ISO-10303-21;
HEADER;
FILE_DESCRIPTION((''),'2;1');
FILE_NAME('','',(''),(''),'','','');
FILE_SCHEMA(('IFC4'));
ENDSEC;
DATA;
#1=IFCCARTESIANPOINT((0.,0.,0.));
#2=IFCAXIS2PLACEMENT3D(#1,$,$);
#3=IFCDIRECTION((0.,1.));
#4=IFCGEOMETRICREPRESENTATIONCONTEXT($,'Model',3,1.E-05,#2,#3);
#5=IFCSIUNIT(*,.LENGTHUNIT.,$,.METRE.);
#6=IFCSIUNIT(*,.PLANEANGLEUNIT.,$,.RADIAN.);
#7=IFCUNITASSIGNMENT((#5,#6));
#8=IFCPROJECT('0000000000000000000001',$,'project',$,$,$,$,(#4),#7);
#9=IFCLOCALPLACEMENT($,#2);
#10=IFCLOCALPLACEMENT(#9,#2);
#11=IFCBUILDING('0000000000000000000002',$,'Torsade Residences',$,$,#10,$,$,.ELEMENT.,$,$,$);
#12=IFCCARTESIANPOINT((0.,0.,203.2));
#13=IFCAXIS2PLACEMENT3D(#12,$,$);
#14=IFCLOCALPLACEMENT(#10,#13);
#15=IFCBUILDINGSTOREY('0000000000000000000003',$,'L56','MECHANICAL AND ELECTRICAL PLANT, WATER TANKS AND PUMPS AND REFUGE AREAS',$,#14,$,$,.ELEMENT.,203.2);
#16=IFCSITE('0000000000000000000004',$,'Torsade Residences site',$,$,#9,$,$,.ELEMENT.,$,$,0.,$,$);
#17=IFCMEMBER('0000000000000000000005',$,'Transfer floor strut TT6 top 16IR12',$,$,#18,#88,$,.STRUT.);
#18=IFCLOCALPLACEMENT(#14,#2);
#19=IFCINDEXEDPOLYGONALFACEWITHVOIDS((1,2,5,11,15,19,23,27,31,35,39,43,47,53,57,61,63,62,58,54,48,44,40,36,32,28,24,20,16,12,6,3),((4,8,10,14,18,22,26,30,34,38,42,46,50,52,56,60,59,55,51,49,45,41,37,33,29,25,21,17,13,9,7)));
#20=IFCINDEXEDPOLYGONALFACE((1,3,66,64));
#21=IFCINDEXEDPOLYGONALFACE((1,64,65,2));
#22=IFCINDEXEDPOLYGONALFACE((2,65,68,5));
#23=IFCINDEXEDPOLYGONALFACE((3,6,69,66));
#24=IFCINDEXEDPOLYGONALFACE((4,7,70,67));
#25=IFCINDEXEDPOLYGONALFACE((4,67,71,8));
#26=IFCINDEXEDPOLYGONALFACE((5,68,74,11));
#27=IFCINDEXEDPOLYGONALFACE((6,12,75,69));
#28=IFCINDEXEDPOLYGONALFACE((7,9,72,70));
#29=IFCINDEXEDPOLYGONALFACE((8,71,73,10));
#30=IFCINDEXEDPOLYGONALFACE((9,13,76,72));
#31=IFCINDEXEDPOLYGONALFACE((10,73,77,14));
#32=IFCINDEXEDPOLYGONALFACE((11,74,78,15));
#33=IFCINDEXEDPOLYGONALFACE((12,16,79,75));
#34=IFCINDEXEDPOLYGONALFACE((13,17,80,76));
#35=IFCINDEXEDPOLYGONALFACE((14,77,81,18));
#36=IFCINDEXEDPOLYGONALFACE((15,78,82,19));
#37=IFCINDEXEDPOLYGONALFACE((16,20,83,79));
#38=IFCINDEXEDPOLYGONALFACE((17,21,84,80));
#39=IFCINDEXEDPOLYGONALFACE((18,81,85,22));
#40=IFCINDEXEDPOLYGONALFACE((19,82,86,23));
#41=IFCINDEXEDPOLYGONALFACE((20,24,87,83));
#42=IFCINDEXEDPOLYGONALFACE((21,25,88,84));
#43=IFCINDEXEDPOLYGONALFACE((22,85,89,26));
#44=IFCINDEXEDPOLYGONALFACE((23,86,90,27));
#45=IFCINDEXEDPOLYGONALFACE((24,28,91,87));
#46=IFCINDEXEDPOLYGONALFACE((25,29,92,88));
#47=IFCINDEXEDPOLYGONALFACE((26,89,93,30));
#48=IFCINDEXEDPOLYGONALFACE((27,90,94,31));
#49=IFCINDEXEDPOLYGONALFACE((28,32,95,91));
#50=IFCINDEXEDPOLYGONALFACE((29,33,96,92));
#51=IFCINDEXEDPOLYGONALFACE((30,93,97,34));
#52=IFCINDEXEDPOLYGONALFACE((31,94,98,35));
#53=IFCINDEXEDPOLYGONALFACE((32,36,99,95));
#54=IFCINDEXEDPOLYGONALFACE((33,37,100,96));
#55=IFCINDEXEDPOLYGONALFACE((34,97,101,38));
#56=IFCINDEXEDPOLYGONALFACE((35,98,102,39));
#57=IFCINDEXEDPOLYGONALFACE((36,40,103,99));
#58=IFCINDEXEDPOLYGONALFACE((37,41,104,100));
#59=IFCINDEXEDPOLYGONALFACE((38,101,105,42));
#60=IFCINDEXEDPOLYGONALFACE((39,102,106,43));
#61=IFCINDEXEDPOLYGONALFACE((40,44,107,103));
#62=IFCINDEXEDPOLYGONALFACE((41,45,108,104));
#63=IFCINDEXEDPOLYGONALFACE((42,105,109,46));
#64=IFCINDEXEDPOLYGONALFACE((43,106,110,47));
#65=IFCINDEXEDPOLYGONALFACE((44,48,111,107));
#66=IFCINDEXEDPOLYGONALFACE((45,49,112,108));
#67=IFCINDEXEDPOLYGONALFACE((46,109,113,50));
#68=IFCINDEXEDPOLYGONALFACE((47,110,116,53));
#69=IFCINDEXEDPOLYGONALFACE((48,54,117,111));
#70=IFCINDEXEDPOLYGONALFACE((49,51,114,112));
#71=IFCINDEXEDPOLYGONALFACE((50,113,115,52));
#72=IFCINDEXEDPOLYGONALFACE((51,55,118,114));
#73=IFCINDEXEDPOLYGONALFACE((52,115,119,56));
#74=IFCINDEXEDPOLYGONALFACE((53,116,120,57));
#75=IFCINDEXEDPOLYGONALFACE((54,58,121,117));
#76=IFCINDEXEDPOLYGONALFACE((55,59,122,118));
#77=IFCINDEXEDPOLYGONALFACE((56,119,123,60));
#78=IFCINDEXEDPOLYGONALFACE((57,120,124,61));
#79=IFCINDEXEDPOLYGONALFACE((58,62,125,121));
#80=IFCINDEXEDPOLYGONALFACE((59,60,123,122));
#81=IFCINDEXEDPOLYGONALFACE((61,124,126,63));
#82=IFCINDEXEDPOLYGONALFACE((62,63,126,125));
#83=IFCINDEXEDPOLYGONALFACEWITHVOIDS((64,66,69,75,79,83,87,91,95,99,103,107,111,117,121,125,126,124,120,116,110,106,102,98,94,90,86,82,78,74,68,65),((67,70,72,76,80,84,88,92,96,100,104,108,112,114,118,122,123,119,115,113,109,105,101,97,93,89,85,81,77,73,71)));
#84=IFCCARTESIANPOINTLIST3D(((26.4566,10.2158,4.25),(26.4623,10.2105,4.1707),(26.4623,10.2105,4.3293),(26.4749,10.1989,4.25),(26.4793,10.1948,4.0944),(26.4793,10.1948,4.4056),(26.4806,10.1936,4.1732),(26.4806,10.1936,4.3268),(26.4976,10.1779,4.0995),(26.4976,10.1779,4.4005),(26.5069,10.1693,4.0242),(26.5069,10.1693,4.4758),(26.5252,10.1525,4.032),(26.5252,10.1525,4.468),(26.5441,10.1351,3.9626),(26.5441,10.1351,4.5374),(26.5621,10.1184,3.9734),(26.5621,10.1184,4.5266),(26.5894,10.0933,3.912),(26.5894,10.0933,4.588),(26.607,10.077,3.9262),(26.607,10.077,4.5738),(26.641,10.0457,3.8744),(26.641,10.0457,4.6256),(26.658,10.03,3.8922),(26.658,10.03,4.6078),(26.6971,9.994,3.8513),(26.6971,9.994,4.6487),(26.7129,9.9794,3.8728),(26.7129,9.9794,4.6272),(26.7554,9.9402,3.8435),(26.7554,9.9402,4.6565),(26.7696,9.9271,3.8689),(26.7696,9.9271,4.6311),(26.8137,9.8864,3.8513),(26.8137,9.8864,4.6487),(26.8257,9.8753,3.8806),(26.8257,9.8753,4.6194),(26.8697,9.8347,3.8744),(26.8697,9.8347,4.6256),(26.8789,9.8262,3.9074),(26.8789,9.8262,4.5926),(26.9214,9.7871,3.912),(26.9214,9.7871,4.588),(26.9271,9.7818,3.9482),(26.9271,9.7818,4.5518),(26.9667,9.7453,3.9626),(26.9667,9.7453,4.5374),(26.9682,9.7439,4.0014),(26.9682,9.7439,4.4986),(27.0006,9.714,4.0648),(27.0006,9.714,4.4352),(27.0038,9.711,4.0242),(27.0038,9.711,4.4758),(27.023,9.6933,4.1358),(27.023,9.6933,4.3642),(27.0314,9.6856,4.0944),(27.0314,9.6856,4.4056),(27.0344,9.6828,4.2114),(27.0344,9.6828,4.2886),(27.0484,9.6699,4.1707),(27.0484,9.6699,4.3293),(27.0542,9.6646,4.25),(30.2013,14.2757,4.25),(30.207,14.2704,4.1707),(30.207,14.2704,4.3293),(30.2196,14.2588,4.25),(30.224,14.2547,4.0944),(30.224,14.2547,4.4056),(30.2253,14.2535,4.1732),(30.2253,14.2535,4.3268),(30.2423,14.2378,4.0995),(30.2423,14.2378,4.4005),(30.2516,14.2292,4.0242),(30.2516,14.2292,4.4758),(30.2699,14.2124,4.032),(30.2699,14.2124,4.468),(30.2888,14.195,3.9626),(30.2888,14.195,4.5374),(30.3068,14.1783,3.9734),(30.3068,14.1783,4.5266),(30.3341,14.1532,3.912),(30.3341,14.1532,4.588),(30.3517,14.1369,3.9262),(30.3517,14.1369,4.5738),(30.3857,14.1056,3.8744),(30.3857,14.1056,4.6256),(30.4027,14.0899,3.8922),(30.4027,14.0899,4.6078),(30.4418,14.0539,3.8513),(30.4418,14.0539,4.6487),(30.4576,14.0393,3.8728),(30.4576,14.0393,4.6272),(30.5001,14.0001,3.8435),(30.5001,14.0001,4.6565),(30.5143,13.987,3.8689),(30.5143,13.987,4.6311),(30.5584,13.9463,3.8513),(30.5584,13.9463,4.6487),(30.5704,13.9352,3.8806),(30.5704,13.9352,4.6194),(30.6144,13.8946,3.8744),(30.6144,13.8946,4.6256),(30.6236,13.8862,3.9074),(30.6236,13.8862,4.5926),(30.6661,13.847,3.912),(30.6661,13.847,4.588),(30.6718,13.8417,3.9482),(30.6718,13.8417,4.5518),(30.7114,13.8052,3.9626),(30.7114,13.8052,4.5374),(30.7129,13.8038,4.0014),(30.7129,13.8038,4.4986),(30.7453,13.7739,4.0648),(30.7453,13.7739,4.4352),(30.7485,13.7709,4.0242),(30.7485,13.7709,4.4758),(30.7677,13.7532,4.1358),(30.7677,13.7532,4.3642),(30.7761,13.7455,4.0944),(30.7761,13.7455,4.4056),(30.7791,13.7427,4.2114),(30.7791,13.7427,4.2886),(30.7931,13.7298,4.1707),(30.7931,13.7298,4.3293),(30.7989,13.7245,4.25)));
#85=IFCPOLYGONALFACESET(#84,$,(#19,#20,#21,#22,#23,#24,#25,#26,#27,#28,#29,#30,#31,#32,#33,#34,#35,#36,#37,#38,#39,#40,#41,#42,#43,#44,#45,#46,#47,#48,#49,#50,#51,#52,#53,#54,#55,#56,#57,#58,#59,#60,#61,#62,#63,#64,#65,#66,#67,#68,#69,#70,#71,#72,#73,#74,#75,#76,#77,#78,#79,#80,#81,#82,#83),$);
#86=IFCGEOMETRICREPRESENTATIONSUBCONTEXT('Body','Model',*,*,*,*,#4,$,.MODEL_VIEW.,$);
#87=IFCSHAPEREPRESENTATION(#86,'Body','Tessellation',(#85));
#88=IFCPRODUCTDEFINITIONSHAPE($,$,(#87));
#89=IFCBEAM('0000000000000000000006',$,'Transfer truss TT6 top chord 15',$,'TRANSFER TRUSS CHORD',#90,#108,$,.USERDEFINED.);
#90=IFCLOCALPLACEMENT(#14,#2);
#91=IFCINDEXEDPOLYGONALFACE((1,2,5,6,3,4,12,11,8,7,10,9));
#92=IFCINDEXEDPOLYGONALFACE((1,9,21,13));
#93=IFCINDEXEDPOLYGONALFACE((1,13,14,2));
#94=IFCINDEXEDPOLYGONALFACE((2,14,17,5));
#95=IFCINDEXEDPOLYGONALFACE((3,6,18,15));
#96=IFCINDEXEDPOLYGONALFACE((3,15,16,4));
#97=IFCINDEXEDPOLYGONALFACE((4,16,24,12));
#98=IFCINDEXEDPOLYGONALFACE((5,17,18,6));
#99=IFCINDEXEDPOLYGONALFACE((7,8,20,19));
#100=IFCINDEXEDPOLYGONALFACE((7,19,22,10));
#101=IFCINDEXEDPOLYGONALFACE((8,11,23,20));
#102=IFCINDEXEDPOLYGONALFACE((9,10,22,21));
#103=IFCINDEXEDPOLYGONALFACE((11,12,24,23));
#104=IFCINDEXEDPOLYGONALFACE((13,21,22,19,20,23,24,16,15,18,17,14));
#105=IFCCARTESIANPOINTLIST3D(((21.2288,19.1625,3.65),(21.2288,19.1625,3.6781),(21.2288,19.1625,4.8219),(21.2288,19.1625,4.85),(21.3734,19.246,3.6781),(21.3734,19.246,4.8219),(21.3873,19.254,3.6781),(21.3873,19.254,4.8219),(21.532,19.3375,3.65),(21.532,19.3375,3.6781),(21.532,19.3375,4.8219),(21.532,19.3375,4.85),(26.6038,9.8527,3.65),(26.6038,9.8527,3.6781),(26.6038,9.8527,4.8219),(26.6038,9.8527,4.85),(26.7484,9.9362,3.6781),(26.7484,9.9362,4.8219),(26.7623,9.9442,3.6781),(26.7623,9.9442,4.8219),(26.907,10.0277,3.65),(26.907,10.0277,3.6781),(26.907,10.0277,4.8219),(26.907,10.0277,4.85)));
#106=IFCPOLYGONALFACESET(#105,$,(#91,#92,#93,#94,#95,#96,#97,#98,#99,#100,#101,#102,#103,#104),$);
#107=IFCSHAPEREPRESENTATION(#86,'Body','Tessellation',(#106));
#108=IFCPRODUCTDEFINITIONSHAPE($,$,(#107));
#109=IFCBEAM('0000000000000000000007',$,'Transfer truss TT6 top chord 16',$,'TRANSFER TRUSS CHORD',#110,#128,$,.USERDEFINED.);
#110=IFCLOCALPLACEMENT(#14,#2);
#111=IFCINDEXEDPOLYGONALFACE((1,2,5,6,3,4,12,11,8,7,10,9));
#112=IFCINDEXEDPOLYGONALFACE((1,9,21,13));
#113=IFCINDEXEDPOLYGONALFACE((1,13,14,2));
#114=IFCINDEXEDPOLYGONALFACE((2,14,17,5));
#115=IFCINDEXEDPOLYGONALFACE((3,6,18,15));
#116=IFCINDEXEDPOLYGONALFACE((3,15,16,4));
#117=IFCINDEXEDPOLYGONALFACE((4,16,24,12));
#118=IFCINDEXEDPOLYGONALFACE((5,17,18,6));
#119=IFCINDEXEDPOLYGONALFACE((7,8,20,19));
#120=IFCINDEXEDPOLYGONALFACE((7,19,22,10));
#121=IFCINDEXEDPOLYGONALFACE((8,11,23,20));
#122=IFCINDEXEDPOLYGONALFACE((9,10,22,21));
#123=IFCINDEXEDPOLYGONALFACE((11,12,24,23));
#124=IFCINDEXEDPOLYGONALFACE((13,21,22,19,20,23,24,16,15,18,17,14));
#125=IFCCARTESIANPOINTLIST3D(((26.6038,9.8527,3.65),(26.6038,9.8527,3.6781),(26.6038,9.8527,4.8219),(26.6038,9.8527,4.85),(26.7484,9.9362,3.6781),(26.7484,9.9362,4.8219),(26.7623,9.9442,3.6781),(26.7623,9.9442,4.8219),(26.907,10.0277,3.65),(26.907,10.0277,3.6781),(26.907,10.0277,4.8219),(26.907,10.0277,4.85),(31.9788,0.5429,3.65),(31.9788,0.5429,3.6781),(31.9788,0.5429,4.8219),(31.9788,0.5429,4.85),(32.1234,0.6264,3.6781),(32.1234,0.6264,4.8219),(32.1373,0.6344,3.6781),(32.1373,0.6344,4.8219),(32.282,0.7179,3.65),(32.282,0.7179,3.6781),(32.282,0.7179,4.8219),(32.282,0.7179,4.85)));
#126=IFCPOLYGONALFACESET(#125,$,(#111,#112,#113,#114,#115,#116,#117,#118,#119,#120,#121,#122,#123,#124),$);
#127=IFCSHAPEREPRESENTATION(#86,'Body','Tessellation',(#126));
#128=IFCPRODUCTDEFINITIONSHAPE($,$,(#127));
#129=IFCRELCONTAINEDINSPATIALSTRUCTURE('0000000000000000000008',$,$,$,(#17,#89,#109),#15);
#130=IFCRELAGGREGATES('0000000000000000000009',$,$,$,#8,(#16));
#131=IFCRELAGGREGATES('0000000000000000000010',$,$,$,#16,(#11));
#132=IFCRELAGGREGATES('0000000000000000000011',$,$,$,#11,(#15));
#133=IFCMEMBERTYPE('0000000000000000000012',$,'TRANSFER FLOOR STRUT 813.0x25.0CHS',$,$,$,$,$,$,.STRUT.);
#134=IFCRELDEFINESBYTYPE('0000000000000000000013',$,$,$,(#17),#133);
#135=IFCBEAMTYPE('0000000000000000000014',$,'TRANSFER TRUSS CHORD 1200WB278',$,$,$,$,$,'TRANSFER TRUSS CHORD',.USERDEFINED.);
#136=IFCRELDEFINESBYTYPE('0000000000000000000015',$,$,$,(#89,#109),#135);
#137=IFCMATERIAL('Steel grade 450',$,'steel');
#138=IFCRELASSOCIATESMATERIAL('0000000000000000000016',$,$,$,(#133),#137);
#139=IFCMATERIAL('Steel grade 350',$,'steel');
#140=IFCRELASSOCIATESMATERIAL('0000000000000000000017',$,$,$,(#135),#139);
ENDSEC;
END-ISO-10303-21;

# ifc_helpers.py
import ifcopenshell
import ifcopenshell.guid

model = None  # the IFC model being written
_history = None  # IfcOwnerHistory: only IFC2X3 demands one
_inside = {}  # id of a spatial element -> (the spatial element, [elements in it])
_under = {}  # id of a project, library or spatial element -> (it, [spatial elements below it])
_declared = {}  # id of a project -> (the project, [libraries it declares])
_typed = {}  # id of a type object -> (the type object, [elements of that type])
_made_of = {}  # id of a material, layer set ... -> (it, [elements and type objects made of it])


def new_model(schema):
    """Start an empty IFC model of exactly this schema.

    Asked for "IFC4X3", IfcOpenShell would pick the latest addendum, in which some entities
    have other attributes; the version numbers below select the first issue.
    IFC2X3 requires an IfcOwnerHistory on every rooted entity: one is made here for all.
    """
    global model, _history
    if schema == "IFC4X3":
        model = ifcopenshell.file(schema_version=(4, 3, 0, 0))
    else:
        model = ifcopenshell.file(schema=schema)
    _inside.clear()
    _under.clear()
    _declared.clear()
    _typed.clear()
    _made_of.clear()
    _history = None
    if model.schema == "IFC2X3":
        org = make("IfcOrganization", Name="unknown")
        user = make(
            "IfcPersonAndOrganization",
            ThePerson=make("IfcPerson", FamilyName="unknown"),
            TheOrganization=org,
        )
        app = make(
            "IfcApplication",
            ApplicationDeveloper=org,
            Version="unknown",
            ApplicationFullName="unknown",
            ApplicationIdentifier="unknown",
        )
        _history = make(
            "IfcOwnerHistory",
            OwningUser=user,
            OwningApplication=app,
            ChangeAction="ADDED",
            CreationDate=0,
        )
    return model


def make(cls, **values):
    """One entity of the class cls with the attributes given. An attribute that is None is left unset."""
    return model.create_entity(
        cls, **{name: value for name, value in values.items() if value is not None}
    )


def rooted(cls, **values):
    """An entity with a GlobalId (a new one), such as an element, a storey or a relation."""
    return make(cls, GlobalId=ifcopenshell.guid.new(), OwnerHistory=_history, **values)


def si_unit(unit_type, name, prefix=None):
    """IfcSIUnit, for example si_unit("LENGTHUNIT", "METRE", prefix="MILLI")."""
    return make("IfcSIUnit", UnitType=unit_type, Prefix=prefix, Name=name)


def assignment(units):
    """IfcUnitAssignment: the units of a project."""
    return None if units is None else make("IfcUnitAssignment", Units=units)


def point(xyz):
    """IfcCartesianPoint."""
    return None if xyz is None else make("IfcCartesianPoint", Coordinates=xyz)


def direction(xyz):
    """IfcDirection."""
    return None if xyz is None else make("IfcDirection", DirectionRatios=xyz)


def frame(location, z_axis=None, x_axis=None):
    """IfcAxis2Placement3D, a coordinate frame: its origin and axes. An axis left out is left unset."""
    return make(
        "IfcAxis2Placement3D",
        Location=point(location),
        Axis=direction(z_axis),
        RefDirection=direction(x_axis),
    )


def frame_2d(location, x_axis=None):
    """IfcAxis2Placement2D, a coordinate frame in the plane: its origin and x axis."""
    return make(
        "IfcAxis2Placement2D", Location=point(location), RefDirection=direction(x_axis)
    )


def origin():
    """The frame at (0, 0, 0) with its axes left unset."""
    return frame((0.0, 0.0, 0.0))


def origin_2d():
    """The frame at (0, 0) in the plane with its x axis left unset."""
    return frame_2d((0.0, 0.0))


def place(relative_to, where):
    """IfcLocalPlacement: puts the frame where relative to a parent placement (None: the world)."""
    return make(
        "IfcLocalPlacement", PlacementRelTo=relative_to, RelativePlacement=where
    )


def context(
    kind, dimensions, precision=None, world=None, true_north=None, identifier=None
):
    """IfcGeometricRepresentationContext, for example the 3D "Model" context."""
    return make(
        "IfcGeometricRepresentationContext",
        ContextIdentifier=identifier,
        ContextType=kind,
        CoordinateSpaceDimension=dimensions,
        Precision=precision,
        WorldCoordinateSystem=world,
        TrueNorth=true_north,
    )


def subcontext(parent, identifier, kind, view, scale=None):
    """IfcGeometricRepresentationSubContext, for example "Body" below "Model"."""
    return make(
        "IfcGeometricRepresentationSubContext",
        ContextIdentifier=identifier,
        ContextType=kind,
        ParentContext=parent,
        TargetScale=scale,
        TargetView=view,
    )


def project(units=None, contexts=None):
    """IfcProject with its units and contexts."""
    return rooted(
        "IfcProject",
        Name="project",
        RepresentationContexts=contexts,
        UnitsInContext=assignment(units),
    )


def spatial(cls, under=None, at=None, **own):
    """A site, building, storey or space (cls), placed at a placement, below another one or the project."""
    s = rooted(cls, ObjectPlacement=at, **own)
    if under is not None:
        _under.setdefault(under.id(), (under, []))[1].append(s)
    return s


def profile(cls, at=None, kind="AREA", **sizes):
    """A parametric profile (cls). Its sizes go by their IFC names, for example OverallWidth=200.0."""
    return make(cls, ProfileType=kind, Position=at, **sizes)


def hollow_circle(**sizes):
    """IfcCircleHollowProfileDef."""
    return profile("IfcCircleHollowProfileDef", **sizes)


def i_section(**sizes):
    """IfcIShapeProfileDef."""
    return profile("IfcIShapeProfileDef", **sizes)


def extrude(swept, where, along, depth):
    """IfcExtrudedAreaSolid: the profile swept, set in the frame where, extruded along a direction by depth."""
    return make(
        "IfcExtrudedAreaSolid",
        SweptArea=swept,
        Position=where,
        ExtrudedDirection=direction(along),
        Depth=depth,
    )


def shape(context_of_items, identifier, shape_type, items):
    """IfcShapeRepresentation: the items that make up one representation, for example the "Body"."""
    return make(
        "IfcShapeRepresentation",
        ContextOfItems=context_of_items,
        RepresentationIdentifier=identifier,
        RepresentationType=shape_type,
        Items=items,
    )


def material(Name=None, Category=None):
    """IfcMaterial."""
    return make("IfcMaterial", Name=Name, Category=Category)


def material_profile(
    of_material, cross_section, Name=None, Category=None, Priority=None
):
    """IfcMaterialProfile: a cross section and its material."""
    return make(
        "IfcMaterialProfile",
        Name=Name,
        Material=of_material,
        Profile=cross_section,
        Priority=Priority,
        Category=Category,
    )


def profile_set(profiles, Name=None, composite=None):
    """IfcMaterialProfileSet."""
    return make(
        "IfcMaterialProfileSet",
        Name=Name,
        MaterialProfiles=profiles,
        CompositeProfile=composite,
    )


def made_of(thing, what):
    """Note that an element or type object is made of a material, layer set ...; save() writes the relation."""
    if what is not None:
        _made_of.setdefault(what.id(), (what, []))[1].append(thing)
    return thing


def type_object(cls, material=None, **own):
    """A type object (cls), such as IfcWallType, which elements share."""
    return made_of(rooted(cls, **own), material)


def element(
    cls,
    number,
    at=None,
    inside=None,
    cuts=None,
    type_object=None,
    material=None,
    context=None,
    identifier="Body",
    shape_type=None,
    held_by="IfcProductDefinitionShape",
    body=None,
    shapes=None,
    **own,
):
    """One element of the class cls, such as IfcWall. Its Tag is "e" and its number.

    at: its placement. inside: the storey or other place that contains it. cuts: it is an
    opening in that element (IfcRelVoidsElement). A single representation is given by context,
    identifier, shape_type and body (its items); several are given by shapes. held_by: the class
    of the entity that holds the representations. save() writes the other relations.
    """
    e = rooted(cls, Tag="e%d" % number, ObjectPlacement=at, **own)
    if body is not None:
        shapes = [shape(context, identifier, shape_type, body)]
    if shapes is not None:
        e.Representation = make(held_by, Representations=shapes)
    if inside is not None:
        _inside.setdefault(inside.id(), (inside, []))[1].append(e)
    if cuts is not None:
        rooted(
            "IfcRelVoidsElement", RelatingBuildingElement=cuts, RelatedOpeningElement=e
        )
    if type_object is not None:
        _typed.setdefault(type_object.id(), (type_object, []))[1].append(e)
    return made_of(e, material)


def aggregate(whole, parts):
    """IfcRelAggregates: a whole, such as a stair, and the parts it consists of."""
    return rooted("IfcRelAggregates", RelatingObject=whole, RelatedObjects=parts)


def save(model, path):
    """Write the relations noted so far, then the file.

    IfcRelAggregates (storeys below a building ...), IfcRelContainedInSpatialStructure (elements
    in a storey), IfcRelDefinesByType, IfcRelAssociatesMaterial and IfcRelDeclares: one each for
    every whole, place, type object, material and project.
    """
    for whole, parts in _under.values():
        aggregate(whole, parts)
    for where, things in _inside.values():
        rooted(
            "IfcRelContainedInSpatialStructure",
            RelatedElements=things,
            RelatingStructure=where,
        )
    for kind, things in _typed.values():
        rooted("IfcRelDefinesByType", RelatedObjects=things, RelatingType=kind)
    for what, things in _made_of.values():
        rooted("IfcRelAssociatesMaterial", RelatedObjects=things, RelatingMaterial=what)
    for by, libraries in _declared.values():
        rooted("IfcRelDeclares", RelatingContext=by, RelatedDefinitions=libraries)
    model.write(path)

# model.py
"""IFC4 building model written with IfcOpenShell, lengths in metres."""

from ifc_helpers import new_model, si_unit, direction, frame, origin, origin_2d, place, context, subcontext, project, spatial, hollow_circle, i_section, extrude, material, material_profile, profile_set, type_object, element, save


model = new_model("IFC4")

# Units and contexts
model_context = context("Model", 3, precision=1e-05, world=origin(), true_north=direction((0.0, 1.0)))
body_context = subcontext(model_context, "Body", "Model", "MODEL_VIEW")
ifc_project = project(units=[si_unit("LENGTHUNIT", "METRE"), si_unit("PLANEANGLEUNIT", "RADIAN")], contexts=[model_context])

# Site, building, storey
site_placement = place(None, origin())
site = spatial("IfcSite", under=ifc_project, at=site_placement, Name="Torsade Residences site", CompositionType="ELEMENT", RefElevation=0.0)
building_placement = place(site_placement, origin())
building = spatial("IfcBuilding", under=site, at=building_placement, Name="Torsade Residences", CompositionType="ELEMENT")
storey_placement = place(building_placement, frame((0.0, 0.0, 203.2)))
storey = spatial("IfcBuildingStorey", under=building, at=storey_placement, Name="L56", Description="MECHANICAL AND ELECTRICAL PLANT, WATER TANKS AND PUMPS AND REFUGE AREAS", CompositionType="ELEMENT", Elevation=203.2)

# Member
ifc_material_1 = material(Name="Steel grade 450", Category="steel")
ifc_material_profile_1 = material_profile(ifc_material_1, hollow_circle(Radius=0.4065, WallThickness=0.0249, at=origin_2d()), Name="813.0x25.0CHS")
ifc_profile_set_1 = profile_set([ifc_material_profile_1], Name="Steel grade 450")
member_type_1 = type_object("IfcMemberType", Name="TRANSFER FLOOR STRUT 813.0x25.0CHS", PredefinedType="STRUT", material=ifc_profile_set_1)
member_1_placement = place(storey_placement, frame((26.7554, 9.9402, 4.25), z_axis=(0.677997, 0.735064, 0.0), x_axis=(-0.735064, 0.677997, 0.0)))
element("IfcMember", 1, at=member_1_placement, inside=storey, type_object=member_type_1, Name="Transfer floor strut TT6 top 16IR12", PredefinedType="STRUT", context=body_context, shape_type="SweptSolid", body=[
    extrude(hollow_circle(Radius=0.4065, WallThickness=0.0249, at=origin_2d()), origin(), (0.0, 0.0, 1.0), 5.5232),
])

# Beams
ifc_material_2 = material(Name="Steel grade 350", Category="steel")
ifc_material_profile_2 = material_profile(ifc_material_2, i_section(OverallWidth=0.3501, OverallDepth=1.2, WebThickness=0.0161, FlangeThickness=0.0281, at=origin_2d()), Name="1200WB278")
ifc_profile_set_2 = profile_set([ifc_material_profile_2], Name="Steel grade 350")
beam_type_1 = type_object("IfcBeamType", Name="TRANSFER TRUSS CHORD 1200WB278", ElementType="TRANSFER TRUSS CHORD", PredefinedType="USERDEFINED", material=ifc_profile_set_2)
for number, where, z_axis, x_axis, name in (
    (2, (21.3804, 19.25, 4.25), (0.499998, -0.866026, 0.0), (0.866026, 0.499998, 0.0), "Transfer truss TT6 top chord 15"),
    (3, (26.7554, 9.9402, 4.25), (0.499998, -0.866026, 0.0), (0.866026, 0.499998, 0.0), "Transfer truss TT6 top chord 16"),
):
    element("IfcBeam", number, at=place(storey_placement, frame(where, z_axis=z_axis, x_axis=x_axis)), inside=storey, type_object=beam_type_1, Name=name, ObjectType="TRANSFER TRUSS CHORD", PredefinedType="USERDEFINED", context=body_context, shape_type="SweptSolid", body=[
        extrude(i_section(OverallWidth=0.3501, OverallDepth=1.2, WebThickness=0.0161, FlangeThickness=0.0281, at=origin_2d()), origin(), (0.0, 0.0, 1.0), 10.75),
    ])

save(model, "model.ifc")
